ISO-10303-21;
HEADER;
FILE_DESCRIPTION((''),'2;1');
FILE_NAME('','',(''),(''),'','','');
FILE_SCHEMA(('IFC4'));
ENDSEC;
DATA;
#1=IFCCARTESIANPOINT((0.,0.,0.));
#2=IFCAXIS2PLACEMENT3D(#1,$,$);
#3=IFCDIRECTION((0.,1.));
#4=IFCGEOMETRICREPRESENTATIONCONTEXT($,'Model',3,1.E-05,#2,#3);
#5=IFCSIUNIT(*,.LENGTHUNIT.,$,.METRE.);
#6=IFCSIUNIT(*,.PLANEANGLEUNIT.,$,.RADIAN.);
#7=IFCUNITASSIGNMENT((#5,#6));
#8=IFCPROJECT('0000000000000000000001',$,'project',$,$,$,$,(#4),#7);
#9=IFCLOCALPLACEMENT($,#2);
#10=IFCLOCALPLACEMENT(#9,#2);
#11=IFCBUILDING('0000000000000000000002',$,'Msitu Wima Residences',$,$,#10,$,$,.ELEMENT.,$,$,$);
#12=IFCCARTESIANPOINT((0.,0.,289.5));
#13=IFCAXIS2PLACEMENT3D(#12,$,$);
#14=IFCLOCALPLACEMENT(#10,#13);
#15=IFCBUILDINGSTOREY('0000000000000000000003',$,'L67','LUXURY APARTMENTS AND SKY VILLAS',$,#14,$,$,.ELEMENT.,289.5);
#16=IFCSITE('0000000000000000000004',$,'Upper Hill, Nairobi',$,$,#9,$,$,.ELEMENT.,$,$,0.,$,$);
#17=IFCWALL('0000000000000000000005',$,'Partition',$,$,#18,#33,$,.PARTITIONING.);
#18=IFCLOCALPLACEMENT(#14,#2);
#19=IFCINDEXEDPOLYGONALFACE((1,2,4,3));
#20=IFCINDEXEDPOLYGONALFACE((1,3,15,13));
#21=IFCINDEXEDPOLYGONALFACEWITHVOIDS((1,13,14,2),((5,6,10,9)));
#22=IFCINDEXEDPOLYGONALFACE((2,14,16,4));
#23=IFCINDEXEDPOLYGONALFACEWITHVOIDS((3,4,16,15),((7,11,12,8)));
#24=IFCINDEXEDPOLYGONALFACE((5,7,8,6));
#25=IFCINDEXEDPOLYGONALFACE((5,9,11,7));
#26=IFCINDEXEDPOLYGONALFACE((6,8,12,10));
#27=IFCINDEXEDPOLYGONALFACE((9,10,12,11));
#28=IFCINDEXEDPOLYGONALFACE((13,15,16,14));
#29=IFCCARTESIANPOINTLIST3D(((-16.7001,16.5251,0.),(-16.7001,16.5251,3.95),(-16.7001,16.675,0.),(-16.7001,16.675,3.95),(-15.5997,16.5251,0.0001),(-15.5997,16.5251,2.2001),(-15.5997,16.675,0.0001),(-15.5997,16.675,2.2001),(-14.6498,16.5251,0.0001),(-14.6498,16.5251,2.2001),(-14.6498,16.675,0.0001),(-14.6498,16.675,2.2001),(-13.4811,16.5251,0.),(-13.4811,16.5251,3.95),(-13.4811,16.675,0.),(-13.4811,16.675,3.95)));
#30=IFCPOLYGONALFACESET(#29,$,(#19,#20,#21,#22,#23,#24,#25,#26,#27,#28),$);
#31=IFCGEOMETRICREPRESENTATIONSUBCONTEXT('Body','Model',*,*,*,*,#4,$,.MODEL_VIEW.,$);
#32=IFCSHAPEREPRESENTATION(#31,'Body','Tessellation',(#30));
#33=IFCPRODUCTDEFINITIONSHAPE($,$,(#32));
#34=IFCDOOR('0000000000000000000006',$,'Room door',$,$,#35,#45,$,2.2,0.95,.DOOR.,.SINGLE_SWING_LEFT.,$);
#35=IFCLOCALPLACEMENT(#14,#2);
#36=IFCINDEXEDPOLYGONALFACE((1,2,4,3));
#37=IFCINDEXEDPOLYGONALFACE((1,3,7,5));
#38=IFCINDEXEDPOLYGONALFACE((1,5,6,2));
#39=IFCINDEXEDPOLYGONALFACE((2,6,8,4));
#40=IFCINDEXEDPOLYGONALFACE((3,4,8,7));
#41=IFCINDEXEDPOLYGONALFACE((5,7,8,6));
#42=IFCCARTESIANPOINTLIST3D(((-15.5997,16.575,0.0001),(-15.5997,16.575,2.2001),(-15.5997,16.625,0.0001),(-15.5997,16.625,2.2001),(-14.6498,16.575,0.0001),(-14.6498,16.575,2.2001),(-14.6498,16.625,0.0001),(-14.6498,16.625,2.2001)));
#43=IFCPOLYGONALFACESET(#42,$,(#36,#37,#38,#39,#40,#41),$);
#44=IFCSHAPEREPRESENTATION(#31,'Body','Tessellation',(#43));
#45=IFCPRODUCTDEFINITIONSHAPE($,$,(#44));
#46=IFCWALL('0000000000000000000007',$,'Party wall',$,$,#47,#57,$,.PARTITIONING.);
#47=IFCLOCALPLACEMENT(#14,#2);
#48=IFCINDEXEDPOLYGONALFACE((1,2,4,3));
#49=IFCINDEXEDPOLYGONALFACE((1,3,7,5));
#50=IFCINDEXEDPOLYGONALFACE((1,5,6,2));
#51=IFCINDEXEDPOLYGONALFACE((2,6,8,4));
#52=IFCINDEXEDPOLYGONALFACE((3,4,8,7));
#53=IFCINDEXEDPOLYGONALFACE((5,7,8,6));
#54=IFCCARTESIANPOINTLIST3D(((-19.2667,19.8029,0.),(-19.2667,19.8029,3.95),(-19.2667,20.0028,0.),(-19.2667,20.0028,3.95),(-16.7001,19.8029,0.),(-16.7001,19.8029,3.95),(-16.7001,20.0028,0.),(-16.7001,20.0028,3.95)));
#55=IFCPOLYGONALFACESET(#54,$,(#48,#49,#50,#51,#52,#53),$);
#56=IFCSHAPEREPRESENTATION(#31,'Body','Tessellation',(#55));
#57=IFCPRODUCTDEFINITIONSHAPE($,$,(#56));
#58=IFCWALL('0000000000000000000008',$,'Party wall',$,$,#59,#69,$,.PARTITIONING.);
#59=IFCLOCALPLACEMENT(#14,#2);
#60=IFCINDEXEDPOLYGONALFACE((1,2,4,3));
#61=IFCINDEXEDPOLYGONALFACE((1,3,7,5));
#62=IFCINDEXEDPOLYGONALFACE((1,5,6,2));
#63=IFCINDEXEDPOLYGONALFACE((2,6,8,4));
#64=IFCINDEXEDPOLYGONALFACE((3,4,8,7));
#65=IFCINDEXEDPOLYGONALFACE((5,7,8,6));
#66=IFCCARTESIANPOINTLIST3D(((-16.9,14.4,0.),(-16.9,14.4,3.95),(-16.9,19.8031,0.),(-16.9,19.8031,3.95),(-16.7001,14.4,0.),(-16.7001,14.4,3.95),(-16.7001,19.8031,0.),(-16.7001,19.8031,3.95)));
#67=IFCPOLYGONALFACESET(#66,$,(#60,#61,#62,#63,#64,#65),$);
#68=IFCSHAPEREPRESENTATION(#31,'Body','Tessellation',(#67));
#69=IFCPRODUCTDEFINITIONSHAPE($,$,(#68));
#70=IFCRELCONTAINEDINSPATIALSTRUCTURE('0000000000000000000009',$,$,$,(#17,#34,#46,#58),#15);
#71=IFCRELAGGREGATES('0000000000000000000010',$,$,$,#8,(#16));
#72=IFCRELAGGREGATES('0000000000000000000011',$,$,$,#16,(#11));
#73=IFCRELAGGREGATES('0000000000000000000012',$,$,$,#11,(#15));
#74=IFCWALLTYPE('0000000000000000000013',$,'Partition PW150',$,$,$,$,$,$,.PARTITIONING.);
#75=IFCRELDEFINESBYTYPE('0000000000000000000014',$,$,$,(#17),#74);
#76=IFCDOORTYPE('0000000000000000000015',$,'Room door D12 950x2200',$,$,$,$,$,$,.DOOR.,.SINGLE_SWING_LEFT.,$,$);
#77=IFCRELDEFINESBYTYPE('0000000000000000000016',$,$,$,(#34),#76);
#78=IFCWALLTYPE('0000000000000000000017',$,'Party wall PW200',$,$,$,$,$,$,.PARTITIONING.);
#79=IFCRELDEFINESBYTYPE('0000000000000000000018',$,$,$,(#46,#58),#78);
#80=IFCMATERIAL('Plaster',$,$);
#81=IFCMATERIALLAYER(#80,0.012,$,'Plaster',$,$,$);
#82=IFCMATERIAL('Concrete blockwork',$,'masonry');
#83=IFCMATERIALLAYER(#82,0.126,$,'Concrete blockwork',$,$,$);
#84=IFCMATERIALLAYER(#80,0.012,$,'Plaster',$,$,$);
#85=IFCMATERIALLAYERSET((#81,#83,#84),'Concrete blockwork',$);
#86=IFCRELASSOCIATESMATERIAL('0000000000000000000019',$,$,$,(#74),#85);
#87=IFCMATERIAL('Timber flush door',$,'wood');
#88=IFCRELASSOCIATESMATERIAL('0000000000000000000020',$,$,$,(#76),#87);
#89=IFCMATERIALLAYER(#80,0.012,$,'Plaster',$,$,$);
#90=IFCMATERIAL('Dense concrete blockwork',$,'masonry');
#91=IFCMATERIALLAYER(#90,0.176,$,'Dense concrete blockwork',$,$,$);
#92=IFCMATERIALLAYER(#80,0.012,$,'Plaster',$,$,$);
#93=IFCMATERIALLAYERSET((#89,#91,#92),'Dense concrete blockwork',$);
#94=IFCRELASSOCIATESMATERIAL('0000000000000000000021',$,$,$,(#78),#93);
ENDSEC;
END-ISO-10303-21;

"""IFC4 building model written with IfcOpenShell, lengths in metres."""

from ifc_helpers import new_model, si_unit, direction, frame, frame_2d, origin, place, context, subcontext, project, spatial, rectangle, extrude, material, layer, layer_set, type_object, element, fill, save


model = new_model("IFC4")

# Units and contexts
model_context = context("Model", 3, precision=1e-05, world=origin(), true_north=direction((0.0, 1.0)))
body_context = subcontext(model_context, "Body", "Model", "MODEL_VIEW")
ifc_project = project(units=[si_unit("LENGTHUNIT", "METRE"), si_unit("PLANEANGLEUNIT", "RADIAN")], contexts=[model_context])

# Site, building, storey
site_placement = place(None, origin())
site = spatial("IfcSite", under=ifc_project, at=site_placement, Name="Upper Hill, Nairobi", CompositionType="ELEMENT", RefElevation=0.0)
building_placement = place(site_placement, origin())
building = spatial("IfcBuilding", under=site, at=building_placement, Name="Msitu Wima Residences", CompositionType="ELEMENT")
storey_placement = place(building_placement, frame((0.0, 0.0, 289.5)))
storey = spatial("IfcBuildingStorey", under=building, at=storey_placement, Name="L67", Description="LUXURY APARTMENTS AND SKY VILLAS", CompositionType="ELEMENT", Elevation=289.5)

# Shared definitions
ifc_material_1 = material(Name="Plaster")
ifc_material_2 = material(Name="Concrete blockwork", Category="masonry")

# Shared definitions
ifc_layer_1 = layer(ifc_material_1, 0.012, Name="Plaster")
ifc_layer_2 = layer(ifc_material_2, 0.126, Name="Concrete blockwork")
ifc_layer_3 = layer(ifc_material_1, 0.012, Name="Plaster")
ifc_layer_set_1 = layer_set([ifc_layer_1, ifc_layer_2, ifc_layer_3], Name="Concrete blockwork")
wall_type_1 = type_object("IfcWallType", Name="Partition PW150", PredefinedType="PARTITIONING", material=ifc_layer_set_1)

# Wall, opening, door
wall_1_placement = place(storey_placement, frame((-16.7, 16.6001, 0.0), z_axis=(0.0, 0.0, 1.0), x_axis=(1.0, 0.0, 0.0)))
wall_1 = element("IfcWall", 1, at=wall_1_placement, inside=storey, type_object=wall_type_1, Name="Partition", PredefinedType="PARTITIONING", context=body_context, shape_type="SweptSolid", body=[
    extrude(rectangle(XDim=3.219, YDim=0.1499, at=frame_2d((1.6094, 0.0))), origin(), (0.0, 0.0, 1.0), 3.95),
])
opening_1_placement = place(wall_1_placement, frame((1.1001, 0.0, 0.0)))
opening_1 = element("IfcOpeningElement", 2, at=opening_1_placement, cuts=wall_1, PredefinedType="OPENING", context=body_context, shape_type="SweptSolid", body=[
    extrude(rectangle(XDim=0.95, YDim=2.2, at=frame_2d((0.4751, 1.1001))), frame((0.0, 0.085, 0.0), z_axis=(0.0, -1.0, 0.0), x_axis=(1.0, 0.0, 0.0)), (0.0, 0.0, 1.0), 0.1699),
])
ifc_material_3 = material(Name="Timber flush door", Category="wood")
door_type_1 = type_object("IfcDoorType", Name="Room door D12 950x2200", OperationType="SINGLE_SWING_LEFT", PredefinedType="DOOR", material=ifc_material_3)
door_1_placement = place(opening_1_placement, origin())
door_1 = element("IfcDoor", 3, at=door_1_placement, inside=storey, type_object=door_type_1, Name="Room door", OperationType="SINGLE_SWING_LEFT", OverallHeight=2.2, OverallWidth=0.95, PredefinedType="DOOR", context=body_context, shape_type="SweptSolid", body=[
    extrude(rectangle(XDim=0.95, YDim=2.2, at=frame_2d((0.4751, 1.1001))), frame((0.0, 0.0249, 0.0), z_axis=(0.0, -1.0, 0.0), x_axis=(1.0, 0.0, 0.0)), (0.0, 0.0, 1.0), 0.05),
])
fill(opening_1, door_1)

# Walls
ifc_layer_4 = layer(ifc_material_1, 0.012, Name="Plaster")
ifc_material_4 = material(Name="Dense concrete blockwork", Category="masonry")
ifc_layer_5 = layer(ifc_material_4, 0.176, Name="Dense concrete blockwork")
ifc_layer_6 = layer(ifc_material_1, 0.012, Name="Plaster")
ifc_layer_set_2 = layer_set([ifc_layer_4, ifc_layer_5, ifc_layer_6], Name="Dense concrete blockwork")
wall_type_2 = type_object("IfcWallType", Name="Party wall PW200", PredefinedType="PARTITIONING", material=ifc_layer_set_2)
wall_2_placement = place(storey_placement, frame((-19.2666, 19.9028, 0.0), z_axis=(0.0, 0.0, 1.0), x_axis=(1.0, 0.0, 0.0)))
element("IfcWall", 4, at=wall_2_placement, inside=storey, type_object=wall_type_2, Name="Party wall", PredefinedType="PARTITIONING", context=body_context, shape_type="SweptSolid", body=[
    extrude(rectangle(XDim=2.5667, YDim=0.2, at=frame_2d((1.2832, 0.0))), origin(), (0.0, 0.0, 1.0), 3.95),
])
wall_3_placement = place(storey_placement, frame((-16.8, 14.3999, 0.0), z_axis=(0.0, 0.0, 1.0), x_axis=(0.0, 1.0, 0.0)))
element("IfcWall", 5, at=wall_3_placement, inside=storey, type_object=wall_type_2, Name="Party wall", PredefinedType="PARTITIONING", context=body_context, shape_type="SweptSolid", body=[
    extrude(rectangle(XDim=5.4031, YDim=0.2, at=frame_2d((2.7017, 0.0))), origin(), (0.0, 0.0, 1.0), 3.95),
])

save(model, "model.ifc")
